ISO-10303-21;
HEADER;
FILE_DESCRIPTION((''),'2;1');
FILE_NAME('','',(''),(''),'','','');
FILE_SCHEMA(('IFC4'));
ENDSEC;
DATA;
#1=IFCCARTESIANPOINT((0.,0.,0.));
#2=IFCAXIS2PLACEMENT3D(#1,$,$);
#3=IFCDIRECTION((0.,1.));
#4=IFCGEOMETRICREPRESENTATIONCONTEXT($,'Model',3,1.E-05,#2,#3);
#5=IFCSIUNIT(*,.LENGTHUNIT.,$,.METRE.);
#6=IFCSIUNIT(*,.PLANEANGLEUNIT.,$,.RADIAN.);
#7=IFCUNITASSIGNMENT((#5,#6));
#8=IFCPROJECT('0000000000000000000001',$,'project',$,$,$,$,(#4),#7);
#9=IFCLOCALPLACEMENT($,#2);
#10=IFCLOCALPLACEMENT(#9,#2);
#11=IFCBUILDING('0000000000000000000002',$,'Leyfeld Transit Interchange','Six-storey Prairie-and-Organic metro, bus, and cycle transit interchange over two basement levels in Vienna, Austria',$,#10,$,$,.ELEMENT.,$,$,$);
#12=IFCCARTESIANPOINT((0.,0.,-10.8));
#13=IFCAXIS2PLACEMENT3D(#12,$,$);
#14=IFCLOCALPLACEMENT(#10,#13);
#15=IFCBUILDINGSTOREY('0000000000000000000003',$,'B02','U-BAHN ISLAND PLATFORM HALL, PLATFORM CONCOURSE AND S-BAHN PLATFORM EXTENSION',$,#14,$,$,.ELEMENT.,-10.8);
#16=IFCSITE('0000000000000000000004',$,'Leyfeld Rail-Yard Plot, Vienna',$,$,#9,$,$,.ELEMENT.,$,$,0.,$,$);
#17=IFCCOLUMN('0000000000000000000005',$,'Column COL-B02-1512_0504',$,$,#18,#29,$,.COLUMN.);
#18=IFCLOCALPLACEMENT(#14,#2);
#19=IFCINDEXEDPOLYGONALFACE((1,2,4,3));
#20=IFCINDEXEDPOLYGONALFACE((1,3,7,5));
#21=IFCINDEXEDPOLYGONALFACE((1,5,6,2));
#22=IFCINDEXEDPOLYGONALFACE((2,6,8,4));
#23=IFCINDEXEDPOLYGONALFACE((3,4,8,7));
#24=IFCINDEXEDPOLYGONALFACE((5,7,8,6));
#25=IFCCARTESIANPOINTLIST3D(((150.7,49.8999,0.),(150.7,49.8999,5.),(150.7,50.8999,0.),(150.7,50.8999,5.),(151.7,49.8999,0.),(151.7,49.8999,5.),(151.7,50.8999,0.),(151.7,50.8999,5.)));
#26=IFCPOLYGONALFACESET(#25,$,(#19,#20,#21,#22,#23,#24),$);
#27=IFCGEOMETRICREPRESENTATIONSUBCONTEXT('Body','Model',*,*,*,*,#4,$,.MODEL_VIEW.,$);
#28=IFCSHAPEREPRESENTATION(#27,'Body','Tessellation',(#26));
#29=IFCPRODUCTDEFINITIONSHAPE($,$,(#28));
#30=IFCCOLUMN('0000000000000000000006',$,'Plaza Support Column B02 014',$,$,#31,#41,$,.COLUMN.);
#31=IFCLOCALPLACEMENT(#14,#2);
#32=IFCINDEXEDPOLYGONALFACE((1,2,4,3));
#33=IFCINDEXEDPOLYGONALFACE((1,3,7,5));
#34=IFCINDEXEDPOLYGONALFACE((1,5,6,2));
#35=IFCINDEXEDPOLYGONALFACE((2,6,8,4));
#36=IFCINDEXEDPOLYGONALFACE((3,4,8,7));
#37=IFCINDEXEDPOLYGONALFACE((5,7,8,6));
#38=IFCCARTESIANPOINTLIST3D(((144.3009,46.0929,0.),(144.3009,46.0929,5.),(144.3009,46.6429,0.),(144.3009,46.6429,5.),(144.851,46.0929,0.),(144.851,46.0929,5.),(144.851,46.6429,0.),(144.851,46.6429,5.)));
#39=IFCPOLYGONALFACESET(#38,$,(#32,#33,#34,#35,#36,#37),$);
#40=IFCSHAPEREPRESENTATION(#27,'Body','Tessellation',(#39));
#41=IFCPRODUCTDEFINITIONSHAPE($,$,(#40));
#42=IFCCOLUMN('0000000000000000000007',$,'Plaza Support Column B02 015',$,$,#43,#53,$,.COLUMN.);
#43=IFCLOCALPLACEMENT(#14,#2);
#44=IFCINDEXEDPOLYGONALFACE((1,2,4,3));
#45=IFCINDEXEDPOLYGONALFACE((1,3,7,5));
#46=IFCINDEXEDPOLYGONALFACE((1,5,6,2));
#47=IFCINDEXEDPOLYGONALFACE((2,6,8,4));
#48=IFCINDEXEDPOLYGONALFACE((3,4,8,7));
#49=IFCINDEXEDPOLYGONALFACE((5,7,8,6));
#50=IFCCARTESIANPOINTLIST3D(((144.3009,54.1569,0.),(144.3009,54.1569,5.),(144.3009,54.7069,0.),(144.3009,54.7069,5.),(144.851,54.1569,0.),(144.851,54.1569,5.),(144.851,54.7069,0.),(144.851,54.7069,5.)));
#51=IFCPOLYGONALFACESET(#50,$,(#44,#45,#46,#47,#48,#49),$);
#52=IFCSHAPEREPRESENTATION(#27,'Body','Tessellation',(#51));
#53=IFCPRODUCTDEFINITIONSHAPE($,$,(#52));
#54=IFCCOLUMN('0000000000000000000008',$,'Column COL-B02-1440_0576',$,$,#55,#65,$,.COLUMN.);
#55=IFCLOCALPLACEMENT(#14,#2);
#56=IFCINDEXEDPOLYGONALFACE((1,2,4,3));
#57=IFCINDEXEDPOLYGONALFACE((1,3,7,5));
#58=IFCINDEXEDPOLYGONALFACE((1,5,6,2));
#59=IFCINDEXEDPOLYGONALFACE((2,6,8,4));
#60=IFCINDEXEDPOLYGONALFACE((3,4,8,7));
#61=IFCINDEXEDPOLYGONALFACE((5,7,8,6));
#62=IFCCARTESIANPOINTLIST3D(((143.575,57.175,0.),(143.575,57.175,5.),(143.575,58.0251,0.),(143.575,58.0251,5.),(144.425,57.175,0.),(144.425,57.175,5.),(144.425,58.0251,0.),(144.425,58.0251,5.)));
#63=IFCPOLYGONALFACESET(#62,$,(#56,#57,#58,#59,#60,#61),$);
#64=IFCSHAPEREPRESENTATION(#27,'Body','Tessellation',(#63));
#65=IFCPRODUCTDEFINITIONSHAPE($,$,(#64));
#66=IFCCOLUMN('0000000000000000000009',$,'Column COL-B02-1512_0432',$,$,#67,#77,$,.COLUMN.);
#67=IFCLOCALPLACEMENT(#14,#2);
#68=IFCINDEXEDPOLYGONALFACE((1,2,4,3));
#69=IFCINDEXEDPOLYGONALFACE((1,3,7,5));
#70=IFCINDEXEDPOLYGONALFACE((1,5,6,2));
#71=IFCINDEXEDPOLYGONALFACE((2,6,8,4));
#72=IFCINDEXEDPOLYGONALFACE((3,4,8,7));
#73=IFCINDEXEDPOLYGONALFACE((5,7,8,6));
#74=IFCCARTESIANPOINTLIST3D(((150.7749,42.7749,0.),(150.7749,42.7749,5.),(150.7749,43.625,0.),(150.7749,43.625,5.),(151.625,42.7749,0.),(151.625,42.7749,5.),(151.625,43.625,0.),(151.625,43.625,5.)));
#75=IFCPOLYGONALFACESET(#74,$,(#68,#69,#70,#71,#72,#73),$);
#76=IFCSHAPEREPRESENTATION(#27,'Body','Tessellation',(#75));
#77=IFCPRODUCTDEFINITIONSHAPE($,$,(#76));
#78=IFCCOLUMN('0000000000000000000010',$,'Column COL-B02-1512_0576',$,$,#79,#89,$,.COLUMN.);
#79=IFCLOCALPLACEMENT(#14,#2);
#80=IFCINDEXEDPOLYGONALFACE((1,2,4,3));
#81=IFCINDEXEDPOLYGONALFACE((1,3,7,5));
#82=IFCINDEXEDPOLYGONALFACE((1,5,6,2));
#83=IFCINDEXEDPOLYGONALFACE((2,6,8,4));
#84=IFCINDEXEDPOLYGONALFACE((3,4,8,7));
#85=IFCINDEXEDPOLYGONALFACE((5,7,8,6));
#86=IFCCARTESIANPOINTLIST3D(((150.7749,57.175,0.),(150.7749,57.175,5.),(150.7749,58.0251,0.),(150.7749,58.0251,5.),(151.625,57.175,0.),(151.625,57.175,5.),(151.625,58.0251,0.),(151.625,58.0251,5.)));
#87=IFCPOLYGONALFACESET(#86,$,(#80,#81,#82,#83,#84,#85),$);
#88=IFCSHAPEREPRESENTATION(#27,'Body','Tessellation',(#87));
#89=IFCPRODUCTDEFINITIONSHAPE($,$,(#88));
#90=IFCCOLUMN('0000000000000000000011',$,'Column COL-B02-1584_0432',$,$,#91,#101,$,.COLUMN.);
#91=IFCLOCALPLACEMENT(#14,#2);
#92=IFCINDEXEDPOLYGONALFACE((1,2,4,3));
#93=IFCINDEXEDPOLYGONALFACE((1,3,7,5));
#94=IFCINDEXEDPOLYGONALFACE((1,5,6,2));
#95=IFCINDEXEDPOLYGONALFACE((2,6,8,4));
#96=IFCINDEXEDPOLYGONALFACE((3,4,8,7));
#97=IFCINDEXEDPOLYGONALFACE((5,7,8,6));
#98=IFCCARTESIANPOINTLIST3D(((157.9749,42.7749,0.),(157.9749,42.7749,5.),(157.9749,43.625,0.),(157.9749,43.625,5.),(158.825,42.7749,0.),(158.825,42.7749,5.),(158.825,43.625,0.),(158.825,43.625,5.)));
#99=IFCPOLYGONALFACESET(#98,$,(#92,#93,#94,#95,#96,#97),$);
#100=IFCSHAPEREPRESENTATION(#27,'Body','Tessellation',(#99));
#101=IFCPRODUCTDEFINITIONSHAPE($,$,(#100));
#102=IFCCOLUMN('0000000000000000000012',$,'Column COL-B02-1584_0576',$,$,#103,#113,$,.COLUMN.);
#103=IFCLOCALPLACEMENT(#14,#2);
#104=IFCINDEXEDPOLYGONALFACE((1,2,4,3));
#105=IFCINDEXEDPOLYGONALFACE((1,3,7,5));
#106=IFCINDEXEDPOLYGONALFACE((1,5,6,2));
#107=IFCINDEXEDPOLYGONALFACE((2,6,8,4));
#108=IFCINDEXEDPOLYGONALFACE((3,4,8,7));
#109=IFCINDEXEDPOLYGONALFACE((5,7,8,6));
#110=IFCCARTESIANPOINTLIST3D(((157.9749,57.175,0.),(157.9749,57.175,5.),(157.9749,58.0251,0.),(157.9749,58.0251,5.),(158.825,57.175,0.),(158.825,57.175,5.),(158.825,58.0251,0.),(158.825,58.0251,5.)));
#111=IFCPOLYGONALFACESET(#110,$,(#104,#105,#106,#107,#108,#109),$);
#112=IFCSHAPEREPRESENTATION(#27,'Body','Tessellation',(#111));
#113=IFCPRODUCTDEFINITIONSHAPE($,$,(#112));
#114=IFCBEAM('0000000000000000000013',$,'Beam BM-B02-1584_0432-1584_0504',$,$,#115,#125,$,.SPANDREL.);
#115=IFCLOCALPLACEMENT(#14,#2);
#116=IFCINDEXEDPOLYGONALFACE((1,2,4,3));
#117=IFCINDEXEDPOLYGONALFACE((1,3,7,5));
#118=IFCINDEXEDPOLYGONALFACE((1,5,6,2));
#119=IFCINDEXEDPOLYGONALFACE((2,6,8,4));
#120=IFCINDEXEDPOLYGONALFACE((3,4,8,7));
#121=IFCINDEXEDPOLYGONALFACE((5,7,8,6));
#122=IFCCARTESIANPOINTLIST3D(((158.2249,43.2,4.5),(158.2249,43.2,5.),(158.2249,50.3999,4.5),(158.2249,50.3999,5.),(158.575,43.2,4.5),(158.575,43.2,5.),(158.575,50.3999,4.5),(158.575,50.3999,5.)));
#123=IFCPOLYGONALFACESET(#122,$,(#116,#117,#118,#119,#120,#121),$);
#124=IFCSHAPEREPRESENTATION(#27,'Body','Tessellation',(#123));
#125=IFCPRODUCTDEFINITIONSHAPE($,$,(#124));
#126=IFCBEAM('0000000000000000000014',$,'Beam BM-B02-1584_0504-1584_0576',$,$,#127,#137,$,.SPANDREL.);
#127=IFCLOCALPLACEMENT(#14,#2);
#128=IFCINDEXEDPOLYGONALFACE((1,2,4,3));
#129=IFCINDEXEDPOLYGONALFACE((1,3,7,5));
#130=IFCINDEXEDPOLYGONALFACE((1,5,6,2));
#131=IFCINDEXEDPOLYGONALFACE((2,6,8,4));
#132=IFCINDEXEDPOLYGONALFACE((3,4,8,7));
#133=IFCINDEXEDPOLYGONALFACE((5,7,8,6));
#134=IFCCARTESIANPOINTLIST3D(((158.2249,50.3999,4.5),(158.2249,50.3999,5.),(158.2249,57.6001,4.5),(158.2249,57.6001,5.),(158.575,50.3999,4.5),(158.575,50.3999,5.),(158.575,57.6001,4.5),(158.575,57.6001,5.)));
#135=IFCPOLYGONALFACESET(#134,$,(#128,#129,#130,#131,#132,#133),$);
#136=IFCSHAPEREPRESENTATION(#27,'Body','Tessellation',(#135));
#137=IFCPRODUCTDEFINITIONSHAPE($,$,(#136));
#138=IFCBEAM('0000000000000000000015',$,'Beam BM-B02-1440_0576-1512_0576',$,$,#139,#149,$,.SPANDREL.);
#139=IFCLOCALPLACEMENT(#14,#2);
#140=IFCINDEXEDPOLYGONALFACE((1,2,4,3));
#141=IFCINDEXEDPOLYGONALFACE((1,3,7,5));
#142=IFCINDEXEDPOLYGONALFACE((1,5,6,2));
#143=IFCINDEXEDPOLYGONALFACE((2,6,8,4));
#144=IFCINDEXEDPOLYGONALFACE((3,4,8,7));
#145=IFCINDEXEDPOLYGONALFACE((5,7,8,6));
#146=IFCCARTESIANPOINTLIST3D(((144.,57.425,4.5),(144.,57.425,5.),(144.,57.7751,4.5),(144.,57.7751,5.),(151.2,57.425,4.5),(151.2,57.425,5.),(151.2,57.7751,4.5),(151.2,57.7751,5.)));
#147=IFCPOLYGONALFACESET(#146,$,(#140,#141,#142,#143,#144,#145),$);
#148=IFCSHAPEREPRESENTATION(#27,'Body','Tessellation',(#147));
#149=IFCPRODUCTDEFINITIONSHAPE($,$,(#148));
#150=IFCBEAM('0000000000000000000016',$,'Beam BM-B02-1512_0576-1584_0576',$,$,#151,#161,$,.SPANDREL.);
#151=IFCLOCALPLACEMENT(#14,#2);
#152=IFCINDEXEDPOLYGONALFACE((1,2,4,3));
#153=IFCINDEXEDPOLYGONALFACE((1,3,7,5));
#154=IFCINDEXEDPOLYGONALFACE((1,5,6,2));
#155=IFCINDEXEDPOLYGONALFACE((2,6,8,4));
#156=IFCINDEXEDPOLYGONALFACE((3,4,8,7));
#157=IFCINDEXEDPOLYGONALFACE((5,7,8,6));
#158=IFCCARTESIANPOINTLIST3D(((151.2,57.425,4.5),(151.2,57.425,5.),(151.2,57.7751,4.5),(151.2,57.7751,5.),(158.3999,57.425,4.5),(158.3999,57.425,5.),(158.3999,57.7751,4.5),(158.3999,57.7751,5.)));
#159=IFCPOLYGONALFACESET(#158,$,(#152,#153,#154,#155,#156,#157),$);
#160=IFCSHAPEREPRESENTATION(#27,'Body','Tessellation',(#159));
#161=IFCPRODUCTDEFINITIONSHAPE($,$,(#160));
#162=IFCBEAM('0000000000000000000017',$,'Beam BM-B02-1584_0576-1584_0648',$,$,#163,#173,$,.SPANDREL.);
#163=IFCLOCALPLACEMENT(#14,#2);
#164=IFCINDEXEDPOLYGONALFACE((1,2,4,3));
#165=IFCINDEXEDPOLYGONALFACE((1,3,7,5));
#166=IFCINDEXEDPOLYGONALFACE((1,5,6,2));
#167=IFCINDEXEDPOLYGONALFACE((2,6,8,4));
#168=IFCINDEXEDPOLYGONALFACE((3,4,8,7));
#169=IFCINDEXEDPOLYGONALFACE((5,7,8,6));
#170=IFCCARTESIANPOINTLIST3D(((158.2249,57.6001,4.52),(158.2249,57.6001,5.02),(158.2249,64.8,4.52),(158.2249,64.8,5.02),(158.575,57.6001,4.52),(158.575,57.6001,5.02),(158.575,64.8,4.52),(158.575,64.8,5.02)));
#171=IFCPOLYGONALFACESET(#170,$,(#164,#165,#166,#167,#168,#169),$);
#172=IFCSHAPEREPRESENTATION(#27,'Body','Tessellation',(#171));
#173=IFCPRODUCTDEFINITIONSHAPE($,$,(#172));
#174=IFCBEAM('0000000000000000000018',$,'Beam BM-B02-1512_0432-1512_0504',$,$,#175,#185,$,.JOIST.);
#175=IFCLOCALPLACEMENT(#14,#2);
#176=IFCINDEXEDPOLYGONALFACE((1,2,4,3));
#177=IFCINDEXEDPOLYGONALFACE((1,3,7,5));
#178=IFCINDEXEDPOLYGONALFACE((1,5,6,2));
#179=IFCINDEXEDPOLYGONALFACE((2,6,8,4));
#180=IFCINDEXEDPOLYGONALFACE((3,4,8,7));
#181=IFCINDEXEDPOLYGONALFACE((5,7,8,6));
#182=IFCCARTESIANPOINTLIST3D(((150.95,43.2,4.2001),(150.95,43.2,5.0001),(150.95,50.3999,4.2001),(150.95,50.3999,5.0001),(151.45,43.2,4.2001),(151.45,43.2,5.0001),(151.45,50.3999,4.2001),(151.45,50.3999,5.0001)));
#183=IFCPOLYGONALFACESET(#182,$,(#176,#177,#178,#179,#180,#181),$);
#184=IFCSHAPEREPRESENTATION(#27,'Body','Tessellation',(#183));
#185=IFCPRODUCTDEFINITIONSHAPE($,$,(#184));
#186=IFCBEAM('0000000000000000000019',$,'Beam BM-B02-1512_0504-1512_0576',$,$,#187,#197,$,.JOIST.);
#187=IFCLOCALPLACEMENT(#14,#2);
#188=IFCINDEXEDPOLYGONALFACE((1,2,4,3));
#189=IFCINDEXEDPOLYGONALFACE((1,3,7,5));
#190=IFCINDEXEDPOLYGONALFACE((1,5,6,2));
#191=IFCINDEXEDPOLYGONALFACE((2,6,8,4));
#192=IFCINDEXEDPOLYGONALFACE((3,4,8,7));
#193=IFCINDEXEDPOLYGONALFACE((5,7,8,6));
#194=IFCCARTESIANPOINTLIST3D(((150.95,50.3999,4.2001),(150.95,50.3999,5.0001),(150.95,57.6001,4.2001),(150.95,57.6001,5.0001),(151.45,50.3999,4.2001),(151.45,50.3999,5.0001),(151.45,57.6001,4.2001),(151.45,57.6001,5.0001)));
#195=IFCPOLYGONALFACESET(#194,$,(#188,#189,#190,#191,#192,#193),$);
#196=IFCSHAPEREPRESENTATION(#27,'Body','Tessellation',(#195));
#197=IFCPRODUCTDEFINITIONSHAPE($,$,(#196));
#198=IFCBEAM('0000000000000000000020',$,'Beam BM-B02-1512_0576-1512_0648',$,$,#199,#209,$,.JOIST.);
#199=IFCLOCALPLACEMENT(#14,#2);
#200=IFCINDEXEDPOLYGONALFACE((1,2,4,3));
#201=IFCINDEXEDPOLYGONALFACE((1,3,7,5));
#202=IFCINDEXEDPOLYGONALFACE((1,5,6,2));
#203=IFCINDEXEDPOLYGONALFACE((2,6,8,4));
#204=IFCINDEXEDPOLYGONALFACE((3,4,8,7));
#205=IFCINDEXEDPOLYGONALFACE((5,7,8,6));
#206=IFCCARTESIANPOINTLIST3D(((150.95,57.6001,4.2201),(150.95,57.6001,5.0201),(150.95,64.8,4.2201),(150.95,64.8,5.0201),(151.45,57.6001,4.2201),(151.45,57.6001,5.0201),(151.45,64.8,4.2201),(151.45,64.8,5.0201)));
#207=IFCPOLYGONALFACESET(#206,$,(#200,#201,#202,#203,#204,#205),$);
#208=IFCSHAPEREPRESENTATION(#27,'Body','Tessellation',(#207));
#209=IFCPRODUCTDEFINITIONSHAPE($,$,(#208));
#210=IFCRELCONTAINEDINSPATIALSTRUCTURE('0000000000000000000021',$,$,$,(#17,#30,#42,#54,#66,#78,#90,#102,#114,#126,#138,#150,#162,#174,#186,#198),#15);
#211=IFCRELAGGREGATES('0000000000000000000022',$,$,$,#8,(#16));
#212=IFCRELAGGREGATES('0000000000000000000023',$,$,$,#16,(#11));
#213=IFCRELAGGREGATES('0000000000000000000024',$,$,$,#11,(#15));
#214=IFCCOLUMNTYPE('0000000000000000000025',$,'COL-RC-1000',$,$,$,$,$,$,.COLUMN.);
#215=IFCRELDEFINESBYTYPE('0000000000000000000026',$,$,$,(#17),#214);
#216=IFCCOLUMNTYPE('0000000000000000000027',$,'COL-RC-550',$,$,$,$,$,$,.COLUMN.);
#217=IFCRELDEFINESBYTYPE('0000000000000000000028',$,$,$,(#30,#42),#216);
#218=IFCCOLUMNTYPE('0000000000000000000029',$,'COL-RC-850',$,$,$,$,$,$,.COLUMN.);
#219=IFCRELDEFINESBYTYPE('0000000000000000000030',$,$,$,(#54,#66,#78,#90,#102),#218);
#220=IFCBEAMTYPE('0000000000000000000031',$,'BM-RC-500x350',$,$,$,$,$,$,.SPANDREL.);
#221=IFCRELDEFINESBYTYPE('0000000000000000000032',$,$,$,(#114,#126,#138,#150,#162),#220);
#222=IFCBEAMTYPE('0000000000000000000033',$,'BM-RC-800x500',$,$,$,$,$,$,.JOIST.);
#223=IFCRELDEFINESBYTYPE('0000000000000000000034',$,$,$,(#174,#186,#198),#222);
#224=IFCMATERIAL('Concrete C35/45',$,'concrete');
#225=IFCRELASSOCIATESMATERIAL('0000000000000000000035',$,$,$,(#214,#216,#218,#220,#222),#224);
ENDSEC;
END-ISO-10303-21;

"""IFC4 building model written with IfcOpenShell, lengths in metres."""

from ifc_helpers import new_model, si_unit, direction, frame, origin, origin_2d, place, context, subcontext, project, spatial, rectangle, extrude, material, material_profile, profile_set, type_object, element, save


model = new_model("IFC4")

# Units and contexts
model_context = context("Model", 3, precision=1e-05, world=origin(), true_north=direction((0.0, 1.0)))
body_context = subcontext(model_context, "Body", "Model", "MODEL_VIEW")
ifc_project = project(units=[si_unit("LENGTHUNIT", "METRE"), si_unit("PLANEANGLEUNIT", "RADIAN")], contexts=[model_context])

# Site, building, storey
site_placement = place(None, origin())
site = spatial("IfcSite", under=ifc_project, at=site_placement, Name="Leyfeld Rail-Yard Plot, Vienna", CompositionType="ELEMENT", RefElevation=0.0)
building_placement = place(site_placement, origin())
building = spatial("IfcBuilding", under=site, at=building_placement, Name="Leyfeld Transit Interchange", Description="Six-storey Prairie-and-Organic metro, bus, and cycle transit interchange over two basement levels in Vienna, Austria", CompositionType="ELEMENT")
storey_placement = place(building_placement, frame((0.0, 0.0, -10.8)))
storey = spatial("IfcBuildingStorey", under=building, at=storey_placement, Name="B02", Description="U-BAHN ISLAND PLATFORM HALL, PLATFORM CONCOURSE AND S-BAHN PLATFORM EXTENSION", CompositionType="ELEMENT", Elevation=-10.8)

# Shared definitions
ifc_material_1 = material(Name="Concrete C35/45", Category="concrete")

# Columns
ifc_material_profile_1 = material_profile(ifc_material_1, rectangle(XDim=1.0, YDim=1.0, at=origin_2d()), Name="RC 1000x1000")
ifc_profile_set_1 = profile_set([ifc_material_profile_1], Name="Concrete C35/45")
column_type_1 = type_object("IfcColumnType", Name="COL-RC-1000", PredefinedType="COLUMN", material=ifc_profile_set_1)
column_placement = place(storey_placement, frame((151.2, 50.3999, 0.0), z_axis=(0.0, 0.0, 1.0), x_axis=(1.0, 0.0, 0.0)))
element("IfcColumn", 1, at=column_placement, inside=storey, type_object=column_type_1, Name="Column COL-B02-1512_0504", PredefinedType="COLUMN", context=body_context, shape_type="SweptSolid", body=[
    extrude(rectangle(XDim=1.0, YDim=1.0, at=origin_2d()), origin(), (0.0, 0.0, 1.0), 5.0),
])
ifc_material_profile_2 = material_profile(ifc_material_1, rectangle(XDim=0.55, YDim=0.55, at=origin_2d()), Name="RC 550x550")
ifc_profile_set_2 = profile_set([ifc_material_profile_2], Name="Concrete C35/45")
column_type_2 = type_object("IfcColumnType", Name="COL-RC-550", PredefinedType="COLUMN", material=ifc_profile_set_2)
for number, where, z_axis, x_axis, name in (
    (2, (144.5759, 46.3679, 0.0), (0.0, 0.0, 1.0), (1.0, 0.0, 0.0), "Plaza Support Column B02 014"),
    (3, (144.5759, 54.4319, 0.0), (0.0, 0.0, 1.0), (1.0, 0.0, 0.0), "Plaza Support Column B02 015"),
):
    element("IfcColumn", number, at=place(storey_placement, frame(where, z_axis=z_axis, x_axis=x_axis)), inside=storey, type_object=column_type_2, Name=name, PredefinedType="COLUMN", context=body_context, shape_type="SweptSolid", body=[
        extrude(rectangle(XDim=0.55, YDim=0.55, at=origin_2d()), origin(), (0.0, 0.0, 1.0), 5.0),
    ])
ifc_material_profile_3 = material_profile(ifc_material_1, rectangle(XDim=0.8501, YDim=0.8501, at=origin_2d()), Name="RC 850x850")
ifc_profile_set_3 = profile_set([ifc_material_profile_3], Name="Concrete C35/45")
column_type_3 = type_object("IfcColumnType", Name="COL-RC-850", PredefinedType="COLUMN", material=ifc_profile_set_3)
for number, where, z_axis, x_axis, name in (
    (4, (144.0, 57.6001, 0.0), (0.0, 0.0, 1.0), (1.0, 0.0, 0.0), "Column COL-B02-1440_0576"),
    (5, (151.2, 43.2, 0.0), (0.0, 0.0, 1.0), (1.0, 0.0, 0.0), "Column COL-B02-1512_0432"),
    (6, (151.2, 57.6001, 0.0), (0.0, 0.0, 1.0), (1.0, 0.0, 0.0), "Column COL-B02-1512_0576"),
    (7, (158.3999, 43.2, 0.0), (0.0, 0.0, 1.0), (1.0, 0.0, 0.0), "Column COL-B02-1584_0432"),
    (8, (158.3999, 57.6001, 0.0), (0.0, 0.0, 1.0), (1.0, 0.0, 0.0), "Column COL-B02-1584_0576"),
):
    element("IfcColumn", number, at=place(storey_placement, frame(where, z_axis=z_axis, x_axis=x_axis)), inside=storey, type_object=column_type_3, Name=name, PredefinedType="COLUMN", context=body_context, shape_type="SweptSolid", body=[
        extrude(rectangle(XDim=0.8501, YDim=0.8501, at=origin_2d()), origin(), (0.0, 0.0, 1.0), 5.0),
    ])

# Beams
ifc_material_profile_4 = material_profile(ifc_material_1, rectangle(XDim=0.3501, YDim=0.5, at=origin_2d()), Name="RC 500x350")
ifc_profile_set_4 = profile_set([ifc_material_profile_4], Name="Concrete C35/45")
beam_type_1 = type_object("IfcBeamType", Name="BM-RC-500x350", PredefinedType="SPANDREL", material=ifc_profile_set_4)
beam_1_placement = place(storey_placement, frame((158.3999, 43.2, 4.75), z_axis=(0.0, 1.0, 0.0), x_axis=(-1.0, 0.0, 0.0)))
element("IfcBeam", 9, at=beam_1_placement, inside=storey, type_object=beam_type_1, Name="Beam BM-B02-1584_0432-1584_0504", PredefinedType="SPANDREL", context=body_context, shape_type="SweptSolid", body=[
    extrude(rectangle(XDim=0.3501, YDim=0.5, at=origin_2d()), origin(), (0.0, 0.0, 1.0), 7.2),
])
beam_2_placement = place(storey_placement, frame((158.3999, 50.3999, 4.75), z_axis=(0.0, 1.0, 0.0), x_axis=(-1.0, 0.0, 0.0)))
element("IfcBeam", 10, at=beam_2_placement, inside=storey, type_object=beam_type_1, Name="Beam BM-B02-1584_0504-1584_0576", PredefinedType="SPANDREL", context=body_context, shape_type="SweptSolid", body=[
    extrude(rectangle(XDim=0.3501, YDim=0.5, at=origin_2d()), origin(), (0.0, 0.0, 1.0), 7.2002),
])
for number, where, z_axis, x_axis, name in (
    (11, (144.0, 57.6001, 4.75), (1.0, 0.0, 0.0), (0.0, 1.0, 0.0), "Beam BM-B02-1440_0576-1512_0576"),
    (12, (151.2, 57.6001, 4.75), (1.0, 0.0, 0.0), (0.0, 1.0, 0.0), "Beam BM-B02-1512_0576-1584_0576"),
    (13, (158.3999, 57.6001, 4.77), (0.0, 1.0, 0.0), (-1.0, 0.0, 0.0), "Beam BM-B02-1584_0576-1584_0648"),
):
    element("IfcBeam", number, at=place(storey_placement, frame(where, z_axis=z_axis, x_axis=x_axis)), inside=storey, type_object=beam_type_1, Name=name, PredefinedType="SPANDREL", context=body_context, shape_type="SweptSolid", body=[
        extrude(rectangle(XDim=0.3501, YDim=0.5, at=origin_2d()), origin(), (0.0, 0.0, 1.0), 7.2),
    ])
ifc_material_profile_5 = material_profile(ifc_material_1, rectangle(XDim=0.5, YDim=0.8, at=origin_2d()), Name="RC 800x500")
ifc_profile_set_5 = profile_set([ifc_material_profile_5], Name="Concrete C35/45")
beam_type_2 = type_object("IfcBeamType", Name="BM-RC-800x500", PredefinedType="JOIST", material=ifc_profile_set_5)
beam_3_placement = place(storey_placement, frame((151.2, 43.2, 4.6001), z_axis=(0.0, 1.0, 0.0), x_axis=(-1.0, 0.0, 0.0)))
element("IfcBeam", 14, at=beam_3_placement, inside=storey, type_object=beam_type_2, Name="Beam BM-B02-1512_0432-1512_0504", PredefinedType="JOIST", context=body_context, shape_type="SweptSolid", body=[
    extrude(rectangle(XDim=0.5, YDim=0.8, at=origin_2d()), origin(), (0.0, 0.0, 1.0), 7.2),
])
beam_4_placement = place(storey_placement, frame((151.2, 50.3999, 4.6001), z_axis=(0.0, 1.0, 0.0), x_axis=(-1.0, 0.0, 0.0)))
element("IfcBeam", 15, at=beam_4_placement, inside=storey, type_object=beam_type_2, Name="Beam BM-B02-1512_0504-1512_0576", PredefinedType="JOIST", context=body_context, shape_type="SweptSolid", body=[
    extrude(rectangle(XDim=0.5, YDim=0.8, at=origin_2d()), origin(), (0.0, 0.0, 1.0), 7.2002),
])
beam_5_placement = place(storey_placement, frame((151.2, 57.6001, 4.6201), z_axis=(0.0, 1.0, 0.0), x_axis=(-1.0, 0.0, 0.0)))
element("IfcBeam", 16, at=beam_5_placement, inside=storey, type_object=beam_type_2, Name="Beam BM-B02-1512_0576-1512_0648", PredefinedType="JOIST", context=body_context, shape_type="SweptSolid", body=[
    extrude(rectangle(XDim=0.5, YDim=0.8, at=origin_2d()), origin(), (0.0, 0.0, 1.0), 7.2),
])

save(model, "model.ifc")
